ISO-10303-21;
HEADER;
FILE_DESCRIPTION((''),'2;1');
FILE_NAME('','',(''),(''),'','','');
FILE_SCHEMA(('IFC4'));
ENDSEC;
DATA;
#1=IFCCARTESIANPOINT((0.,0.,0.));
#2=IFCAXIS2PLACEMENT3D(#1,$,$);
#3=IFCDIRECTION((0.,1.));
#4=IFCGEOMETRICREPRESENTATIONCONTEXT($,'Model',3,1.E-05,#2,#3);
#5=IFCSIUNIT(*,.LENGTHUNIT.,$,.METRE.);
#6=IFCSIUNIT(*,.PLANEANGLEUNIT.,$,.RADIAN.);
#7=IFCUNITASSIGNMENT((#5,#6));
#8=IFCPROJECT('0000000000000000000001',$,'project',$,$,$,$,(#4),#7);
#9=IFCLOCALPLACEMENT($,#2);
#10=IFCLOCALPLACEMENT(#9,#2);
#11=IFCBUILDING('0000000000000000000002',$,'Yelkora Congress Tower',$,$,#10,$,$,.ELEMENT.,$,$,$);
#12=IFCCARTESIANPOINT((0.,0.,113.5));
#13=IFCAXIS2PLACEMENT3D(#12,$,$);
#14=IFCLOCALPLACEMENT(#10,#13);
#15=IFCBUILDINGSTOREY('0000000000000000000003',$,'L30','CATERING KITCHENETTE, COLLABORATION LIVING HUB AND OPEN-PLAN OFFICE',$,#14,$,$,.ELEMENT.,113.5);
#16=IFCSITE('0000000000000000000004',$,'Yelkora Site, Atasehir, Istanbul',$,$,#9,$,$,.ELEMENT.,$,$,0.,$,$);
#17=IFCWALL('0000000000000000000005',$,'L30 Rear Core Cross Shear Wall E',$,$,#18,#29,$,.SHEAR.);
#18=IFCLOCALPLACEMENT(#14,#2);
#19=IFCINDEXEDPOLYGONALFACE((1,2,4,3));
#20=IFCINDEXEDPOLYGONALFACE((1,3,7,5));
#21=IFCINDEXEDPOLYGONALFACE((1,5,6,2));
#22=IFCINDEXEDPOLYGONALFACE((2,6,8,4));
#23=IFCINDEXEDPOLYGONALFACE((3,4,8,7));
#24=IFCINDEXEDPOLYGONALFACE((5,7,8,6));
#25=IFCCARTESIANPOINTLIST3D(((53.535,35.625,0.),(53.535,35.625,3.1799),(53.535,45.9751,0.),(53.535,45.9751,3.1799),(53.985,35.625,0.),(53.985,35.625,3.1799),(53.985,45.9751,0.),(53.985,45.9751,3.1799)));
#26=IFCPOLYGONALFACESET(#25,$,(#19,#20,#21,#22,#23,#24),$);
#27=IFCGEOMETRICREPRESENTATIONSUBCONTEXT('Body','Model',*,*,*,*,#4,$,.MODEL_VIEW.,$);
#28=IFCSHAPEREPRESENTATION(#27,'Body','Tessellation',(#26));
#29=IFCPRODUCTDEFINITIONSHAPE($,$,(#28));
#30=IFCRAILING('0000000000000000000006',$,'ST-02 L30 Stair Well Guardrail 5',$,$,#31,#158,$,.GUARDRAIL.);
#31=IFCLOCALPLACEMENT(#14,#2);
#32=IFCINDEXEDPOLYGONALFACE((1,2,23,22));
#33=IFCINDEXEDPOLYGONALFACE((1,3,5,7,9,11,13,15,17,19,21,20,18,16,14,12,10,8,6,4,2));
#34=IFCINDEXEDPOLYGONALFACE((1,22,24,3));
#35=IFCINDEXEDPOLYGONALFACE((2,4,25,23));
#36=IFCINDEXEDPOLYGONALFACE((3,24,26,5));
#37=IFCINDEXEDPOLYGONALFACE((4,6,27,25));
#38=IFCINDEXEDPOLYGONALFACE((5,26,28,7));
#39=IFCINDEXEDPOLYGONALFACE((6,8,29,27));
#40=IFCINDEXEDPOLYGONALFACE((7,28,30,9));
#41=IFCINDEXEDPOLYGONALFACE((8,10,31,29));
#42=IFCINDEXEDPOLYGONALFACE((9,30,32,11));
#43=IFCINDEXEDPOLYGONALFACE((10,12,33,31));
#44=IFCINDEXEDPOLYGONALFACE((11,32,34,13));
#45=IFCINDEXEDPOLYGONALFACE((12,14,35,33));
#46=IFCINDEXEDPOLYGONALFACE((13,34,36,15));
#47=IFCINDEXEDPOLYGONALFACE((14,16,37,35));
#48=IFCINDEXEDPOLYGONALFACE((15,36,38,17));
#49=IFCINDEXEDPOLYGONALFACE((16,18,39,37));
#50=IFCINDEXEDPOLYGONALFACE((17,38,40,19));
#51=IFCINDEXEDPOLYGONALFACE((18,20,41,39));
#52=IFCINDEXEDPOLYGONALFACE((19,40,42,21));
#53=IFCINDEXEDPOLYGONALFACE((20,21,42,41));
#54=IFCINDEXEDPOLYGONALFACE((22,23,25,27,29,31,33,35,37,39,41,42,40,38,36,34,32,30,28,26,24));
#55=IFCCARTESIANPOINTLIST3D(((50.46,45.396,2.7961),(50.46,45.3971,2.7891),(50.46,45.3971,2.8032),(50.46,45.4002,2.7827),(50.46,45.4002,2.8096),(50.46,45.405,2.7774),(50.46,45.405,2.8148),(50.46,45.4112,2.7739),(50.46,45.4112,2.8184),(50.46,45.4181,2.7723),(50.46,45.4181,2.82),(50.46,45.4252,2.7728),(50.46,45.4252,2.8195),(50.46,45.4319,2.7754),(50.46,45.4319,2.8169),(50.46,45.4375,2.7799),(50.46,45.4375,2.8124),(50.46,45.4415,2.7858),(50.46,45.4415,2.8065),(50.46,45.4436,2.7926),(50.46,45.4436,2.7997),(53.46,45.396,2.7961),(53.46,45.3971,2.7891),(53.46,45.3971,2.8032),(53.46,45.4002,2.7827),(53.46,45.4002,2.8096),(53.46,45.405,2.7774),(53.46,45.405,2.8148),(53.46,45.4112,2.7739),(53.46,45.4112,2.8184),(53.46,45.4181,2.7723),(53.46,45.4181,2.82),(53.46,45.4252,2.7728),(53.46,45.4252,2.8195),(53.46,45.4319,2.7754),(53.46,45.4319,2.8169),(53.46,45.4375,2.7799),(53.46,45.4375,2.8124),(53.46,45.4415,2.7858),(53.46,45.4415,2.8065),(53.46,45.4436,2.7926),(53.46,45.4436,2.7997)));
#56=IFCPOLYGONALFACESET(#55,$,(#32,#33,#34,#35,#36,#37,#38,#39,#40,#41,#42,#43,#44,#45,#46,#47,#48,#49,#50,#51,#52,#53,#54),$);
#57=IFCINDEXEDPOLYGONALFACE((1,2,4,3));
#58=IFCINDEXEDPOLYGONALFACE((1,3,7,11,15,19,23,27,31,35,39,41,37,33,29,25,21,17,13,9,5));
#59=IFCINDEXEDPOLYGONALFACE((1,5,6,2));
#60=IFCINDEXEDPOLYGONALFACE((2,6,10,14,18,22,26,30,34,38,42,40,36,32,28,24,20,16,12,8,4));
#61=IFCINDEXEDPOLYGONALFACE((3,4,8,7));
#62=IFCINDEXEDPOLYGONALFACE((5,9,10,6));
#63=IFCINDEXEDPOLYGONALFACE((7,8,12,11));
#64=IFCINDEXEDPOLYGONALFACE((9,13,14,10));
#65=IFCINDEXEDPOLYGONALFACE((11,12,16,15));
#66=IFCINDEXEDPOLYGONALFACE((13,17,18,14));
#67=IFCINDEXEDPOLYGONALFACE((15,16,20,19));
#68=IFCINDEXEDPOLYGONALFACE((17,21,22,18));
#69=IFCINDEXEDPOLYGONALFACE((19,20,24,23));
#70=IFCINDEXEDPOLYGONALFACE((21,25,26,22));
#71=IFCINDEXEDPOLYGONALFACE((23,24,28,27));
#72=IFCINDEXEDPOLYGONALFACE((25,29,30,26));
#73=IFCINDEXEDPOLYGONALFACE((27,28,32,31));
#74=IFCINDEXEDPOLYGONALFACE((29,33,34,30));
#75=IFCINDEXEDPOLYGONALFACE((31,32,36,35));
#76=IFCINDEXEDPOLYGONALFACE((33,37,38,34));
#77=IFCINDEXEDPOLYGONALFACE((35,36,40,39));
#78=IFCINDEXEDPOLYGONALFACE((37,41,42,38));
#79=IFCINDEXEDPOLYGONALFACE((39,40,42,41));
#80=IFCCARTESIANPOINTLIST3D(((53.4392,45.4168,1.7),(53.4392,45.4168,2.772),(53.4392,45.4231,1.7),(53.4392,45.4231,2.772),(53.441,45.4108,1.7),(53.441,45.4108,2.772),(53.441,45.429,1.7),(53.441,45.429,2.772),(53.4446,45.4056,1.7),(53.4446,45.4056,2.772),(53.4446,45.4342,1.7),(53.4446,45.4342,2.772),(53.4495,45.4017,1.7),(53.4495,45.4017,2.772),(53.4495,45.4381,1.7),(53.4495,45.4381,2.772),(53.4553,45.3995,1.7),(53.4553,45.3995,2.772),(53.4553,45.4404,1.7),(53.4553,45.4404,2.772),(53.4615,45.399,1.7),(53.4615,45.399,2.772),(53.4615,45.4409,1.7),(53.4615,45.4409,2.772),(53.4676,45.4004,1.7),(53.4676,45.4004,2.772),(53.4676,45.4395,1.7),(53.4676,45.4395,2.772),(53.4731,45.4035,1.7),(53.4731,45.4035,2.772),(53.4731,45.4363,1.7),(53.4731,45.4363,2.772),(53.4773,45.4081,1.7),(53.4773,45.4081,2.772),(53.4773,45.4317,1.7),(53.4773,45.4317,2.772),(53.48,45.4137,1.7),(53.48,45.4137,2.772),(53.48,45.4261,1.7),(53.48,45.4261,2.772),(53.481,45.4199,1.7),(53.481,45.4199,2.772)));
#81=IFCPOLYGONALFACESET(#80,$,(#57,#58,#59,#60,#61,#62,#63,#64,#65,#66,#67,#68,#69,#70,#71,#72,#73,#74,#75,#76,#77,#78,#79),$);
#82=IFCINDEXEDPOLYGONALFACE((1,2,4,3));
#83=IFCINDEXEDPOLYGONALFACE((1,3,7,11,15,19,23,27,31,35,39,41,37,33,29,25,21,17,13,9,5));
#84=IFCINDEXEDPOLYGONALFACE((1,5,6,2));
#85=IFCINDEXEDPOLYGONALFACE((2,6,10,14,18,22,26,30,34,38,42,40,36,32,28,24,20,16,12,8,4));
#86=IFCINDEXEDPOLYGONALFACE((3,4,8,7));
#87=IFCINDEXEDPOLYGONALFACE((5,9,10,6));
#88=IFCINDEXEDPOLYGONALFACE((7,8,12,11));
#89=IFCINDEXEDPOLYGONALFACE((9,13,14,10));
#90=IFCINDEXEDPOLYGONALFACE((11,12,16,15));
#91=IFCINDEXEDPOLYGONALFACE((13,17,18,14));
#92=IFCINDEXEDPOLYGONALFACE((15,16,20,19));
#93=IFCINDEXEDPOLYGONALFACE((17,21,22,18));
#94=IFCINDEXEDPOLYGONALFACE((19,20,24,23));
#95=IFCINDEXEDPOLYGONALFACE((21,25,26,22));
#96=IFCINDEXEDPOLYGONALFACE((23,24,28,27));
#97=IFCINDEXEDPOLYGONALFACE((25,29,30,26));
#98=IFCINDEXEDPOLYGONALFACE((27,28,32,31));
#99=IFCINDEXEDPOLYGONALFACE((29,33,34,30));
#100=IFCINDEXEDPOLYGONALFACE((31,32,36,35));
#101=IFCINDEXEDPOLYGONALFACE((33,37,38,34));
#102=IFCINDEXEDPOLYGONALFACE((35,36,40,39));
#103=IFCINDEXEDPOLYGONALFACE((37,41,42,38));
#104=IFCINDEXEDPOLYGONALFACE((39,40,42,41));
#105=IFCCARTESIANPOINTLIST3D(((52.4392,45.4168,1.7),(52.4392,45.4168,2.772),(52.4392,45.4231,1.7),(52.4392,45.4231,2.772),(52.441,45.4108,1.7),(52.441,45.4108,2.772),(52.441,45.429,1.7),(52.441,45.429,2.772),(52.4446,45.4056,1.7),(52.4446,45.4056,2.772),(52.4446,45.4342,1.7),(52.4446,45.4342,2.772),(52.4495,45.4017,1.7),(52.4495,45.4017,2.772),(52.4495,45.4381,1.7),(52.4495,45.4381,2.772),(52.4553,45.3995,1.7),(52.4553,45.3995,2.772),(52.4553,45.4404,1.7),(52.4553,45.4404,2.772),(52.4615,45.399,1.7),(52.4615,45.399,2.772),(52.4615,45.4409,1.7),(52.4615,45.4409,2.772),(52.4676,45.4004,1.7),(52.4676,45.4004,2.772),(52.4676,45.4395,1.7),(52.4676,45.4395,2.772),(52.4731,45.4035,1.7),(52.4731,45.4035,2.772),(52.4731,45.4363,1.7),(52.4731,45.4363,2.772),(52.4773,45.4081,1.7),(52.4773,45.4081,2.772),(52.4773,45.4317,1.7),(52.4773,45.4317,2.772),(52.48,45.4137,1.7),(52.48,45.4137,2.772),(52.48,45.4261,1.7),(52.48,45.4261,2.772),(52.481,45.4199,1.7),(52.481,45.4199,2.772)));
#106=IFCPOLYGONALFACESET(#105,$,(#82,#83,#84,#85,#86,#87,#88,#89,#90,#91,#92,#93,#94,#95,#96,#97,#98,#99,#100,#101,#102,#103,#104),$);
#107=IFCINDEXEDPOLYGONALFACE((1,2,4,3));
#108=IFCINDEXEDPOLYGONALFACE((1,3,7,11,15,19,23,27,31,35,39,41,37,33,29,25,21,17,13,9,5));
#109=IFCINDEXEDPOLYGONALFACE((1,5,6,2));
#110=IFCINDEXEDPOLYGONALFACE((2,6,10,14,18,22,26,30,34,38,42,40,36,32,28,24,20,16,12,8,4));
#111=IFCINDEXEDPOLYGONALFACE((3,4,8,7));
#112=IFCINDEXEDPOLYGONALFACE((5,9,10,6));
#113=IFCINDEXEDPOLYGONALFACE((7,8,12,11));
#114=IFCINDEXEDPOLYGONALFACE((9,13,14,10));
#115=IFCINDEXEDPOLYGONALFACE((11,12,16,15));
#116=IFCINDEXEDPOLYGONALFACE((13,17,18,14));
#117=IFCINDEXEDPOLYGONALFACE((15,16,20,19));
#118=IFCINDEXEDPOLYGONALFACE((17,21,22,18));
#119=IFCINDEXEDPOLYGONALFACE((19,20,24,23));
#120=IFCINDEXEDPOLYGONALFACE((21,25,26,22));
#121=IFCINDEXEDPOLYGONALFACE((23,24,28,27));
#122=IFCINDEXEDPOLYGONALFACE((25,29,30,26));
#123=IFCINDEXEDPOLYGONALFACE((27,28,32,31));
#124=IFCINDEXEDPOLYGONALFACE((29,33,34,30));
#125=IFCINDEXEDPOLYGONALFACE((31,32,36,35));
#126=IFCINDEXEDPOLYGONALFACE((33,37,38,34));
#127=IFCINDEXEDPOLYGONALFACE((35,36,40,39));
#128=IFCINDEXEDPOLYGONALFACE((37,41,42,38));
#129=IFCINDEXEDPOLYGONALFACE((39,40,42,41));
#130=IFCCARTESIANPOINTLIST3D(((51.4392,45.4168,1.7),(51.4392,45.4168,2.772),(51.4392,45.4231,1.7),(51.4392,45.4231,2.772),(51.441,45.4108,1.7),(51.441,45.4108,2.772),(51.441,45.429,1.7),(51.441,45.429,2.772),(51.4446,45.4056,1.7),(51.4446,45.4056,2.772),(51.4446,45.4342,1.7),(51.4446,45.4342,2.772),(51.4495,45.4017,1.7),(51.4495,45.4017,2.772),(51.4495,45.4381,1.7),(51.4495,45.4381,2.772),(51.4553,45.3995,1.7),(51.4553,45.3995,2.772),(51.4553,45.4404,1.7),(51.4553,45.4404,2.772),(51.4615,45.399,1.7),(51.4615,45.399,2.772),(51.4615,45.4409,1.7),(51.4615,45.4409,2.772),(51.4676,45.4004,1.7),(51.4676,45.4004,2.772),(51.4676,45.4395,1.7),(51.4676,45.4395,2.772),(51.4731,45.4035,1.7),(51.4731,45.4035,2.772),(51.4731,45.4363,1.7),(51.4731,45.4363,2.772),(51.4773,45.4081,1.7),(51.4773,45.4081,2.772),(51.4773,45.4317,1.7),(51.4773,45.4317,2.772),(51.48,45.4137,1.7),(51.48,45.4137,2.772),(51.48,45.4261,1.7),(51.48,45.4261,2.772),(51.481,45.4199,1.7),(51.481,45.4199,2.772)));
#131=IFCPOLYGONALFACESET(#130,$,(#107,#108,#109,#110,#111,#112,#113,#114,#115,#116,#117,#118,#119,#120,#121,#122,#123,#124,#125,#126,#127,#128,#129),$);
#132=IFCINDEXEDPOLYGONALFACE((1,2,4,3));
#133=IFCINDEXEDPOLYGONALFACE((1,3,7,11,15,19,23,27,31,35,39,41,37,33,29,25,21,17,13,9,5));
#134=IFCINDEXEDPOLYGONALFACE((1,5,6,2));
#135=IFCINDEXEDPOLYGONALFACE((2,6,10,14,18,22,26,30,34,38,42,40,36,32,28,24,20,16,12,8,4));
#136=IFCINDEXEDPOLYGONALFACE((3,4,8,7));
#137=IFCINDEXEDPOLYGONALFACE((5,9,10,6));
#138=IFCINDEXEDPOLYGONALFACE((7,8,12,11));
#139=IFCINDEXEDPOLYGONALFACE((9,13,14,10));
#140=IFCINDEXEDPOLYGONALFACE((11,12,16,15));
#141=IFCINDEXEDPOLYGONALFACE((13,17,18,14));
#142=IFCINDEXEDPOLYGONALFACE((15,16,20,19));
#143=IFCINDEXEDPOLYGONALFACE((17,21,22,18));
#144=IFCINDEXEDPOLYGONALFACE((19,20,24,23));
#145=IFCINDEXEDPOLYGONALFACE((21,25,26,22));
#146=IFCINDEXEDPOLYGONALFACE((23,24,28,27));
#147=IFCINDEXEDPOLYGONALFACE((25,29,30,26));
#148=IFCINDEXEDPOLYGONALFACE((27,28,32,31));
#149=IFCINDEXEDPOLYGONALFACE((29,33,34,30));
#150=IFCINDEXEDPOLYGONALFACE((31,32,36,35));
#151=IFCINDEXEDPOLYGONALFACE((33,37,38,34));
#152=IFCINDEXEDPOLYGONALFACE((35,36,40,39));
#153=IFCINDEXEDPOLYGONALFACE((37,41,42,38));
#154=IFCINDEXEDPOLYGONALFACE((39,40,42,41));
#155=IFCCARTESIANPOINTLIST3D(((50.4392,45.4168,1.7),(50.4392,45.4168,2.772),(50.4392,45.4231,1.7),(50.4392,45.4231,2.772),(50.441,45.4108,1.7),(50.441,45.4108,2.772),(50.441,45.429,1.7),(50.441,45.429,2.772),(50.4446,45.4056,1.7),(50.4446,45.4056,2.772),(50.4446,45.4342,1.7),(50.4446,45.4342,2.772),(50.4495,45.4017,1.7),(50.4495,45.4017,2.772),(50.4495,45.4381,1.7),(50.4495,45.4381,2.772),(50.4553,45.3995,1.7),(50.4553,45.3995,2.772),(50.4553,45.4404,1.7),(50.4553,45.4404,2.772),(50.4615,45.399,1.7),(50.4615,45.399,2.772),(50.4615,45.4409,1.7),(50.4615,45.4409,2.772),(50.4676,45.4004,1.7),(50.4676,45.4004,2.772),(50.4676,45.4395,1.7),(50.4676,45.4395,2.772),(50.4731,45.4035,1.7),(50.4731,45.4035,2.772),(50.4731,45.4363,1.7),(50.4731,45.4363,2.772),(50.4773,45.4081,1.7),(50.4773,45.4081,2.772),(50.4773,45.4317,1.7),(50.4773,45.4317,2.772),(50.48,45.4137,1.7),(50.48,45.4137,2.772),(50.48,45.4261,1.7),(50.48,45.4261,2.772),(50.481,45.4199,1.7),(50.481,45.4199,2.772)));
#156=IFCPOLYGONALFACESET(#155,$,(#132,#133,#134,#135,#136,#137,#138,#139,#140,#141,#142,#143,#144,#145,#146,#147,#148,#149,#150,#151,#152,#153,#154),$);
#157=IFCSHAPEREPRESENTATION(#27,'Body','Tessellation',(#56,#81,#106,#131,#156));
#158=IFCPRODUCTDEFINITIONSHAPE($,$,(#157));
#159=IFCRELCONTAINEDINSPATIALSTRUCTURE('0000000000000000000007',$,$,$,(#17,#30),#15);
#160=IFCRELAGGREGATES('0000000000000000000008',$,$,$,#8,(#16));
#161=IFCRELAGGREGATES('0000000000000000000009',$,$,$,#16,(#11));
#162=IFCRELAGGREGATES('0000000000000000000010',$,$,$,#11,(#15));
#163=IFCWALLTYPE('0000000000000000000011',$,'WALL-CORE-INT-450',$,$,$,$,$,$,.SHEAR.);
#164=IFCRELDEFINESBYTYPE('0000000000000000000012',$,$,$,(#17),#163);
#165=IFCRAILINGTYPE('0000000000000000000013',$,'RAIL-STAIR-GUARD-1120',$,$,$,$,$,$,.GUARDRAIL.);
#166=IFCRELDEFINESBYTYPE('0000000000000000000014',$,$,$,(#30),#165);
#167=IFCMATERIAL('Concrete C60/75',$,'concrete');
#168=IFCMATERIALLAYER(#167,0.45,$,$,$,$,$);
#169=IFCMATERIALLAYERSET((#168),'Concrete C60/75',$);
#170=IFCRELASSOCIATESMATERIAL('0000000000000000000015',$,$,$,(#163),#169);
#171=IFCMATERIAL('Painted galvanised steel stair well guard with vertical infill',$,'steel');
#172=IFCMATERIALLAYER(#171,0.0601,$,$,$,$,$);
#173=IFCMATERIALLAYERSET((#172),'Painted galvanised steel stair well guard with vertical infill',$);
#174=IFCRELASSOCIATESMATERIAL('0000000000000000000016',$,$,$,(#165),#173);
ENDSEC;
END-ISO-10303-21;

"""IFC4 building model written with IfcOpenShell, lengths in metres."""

from ifc_helpers import new_model, si_unit, direction, frame, frame_2d, origin, origin_2d, place, context, subcontext, project, spatial, rectangle, circle, extrude, material, layer, layer_set, type_object, element, save


model = new_model("IFC4")

# Units and contexts
model_context = context("Model", 3, precision=1e-05, world=origin(), true_north=direction((0.0, 1.0)))
body_context = subcontext(model_context, "Body", "Model", "MODEL_VIEW")
ifc_project = project(units=[si_unit("LENGTHUNIT", "METRE"), si_unit("PLANEANGLEUNIT", "RADIAN")], contexts=[model_context])

# Site, building, storey
site_placement = place(None, origin())
site = spatial("IfcSite", under=ifc_project, at=site_placement, Name="Yelkora Site, Atasehir, Istanbul", CompositionType="ELEMENT", RefElevation=0.0)
building_placement = place(site_placement, origin())
building = spatial("IfcBuilding", under=site, at=building_placement, Name="Yelkora Congress Tower", CompositionType="ELEMENT")
storey_placement = place(building_placement, frame((0.0, 0.0, 113.5)))
storey = spatial("IfcBuildingStorey", under=building, at=storey_placement, Name="L30", Description="CATERING KITCHENETTE, COLLABORATION LIVING HUB AND OPEN-PLAN OFFICE", CompositionType="ELEMENT", Elevation=113.5)

# Wall
ifc_material_1 = material(Name="Concrete C60/75", Category="concrete")
ifc_layer_1 = layer(ifc_material_1, 0.45)
ifc_layer_set_1 = layer_set([ifc_layer_1], Name="Concrete C60/75")
wall_type = type_object("IfcWallType", Name="WALL-CORE-INT-450", PredefinedType="SHEAR", material=ifc_layer_set_1)
wall_placement = place(storey_placement, frame((53.76, 35.625, 0.0), z_axis=(0.0, 0.0, 1.0), x_axis=(0.0, 1.0, 0.0)))
element("IfcWall", 1, at=wall_placement, inside=storey, type_object=wall_type, Name="L30 Rear Core Cross Shear Wall E", PredefinedType="SHEAR", context=body_context, shape_type="SweptSolid", body=[
    extrude(rectangle(XDim=10.3501, YDim=0.45, at=frame_2d((5.175, 0.0))), origin(), (0.0, 0.0, 1.0), 3.1799),
])

# Railing
ifc_material_2 = material(Name="Painted galvanised steel stair well guard with vertical infill", Category="steel")
ifc_layer_2 = layer(ifc_material_2, 0.0601)
ifc_layer_set_2 = layer_set([ifc_layer_2], Name="Painted galvanised steel stair well guard with vertical infill")
railing_type = type_object("IfcRailingType", Name="RAIL-STAIR-GUARD-1120", PredefinedType="GUARDRAIL", material=ifc_layer_set_2)
railing_1_placement = place(storey_placement, frame((53.46, 45.4199, 1.7)))
element("IfcRailing", 2, at=railing_1_placement, inside=storey, type_object=railing_type, Name="ST-02 L30 Stair Well Guardrail 5", PredefinedType="GUARDRAIL", context=body_context, shape_type="SweptSolid", body=[
    extrude(circle(Radius=0.0239, at=origin_2d()), frame((0.0, 0.0, 1.0962), z_axis=(-1.0, 0.0, 0.0), x_axis=(0.0, -1.0, 0.0)), (0.0, 0.0, 1.0), 3.0),
    extrude(circle(Radius=0.021, at=origin_2d()), origin(), (0.0, 0.0, 1.0), 1.072),
    extrude(circle(Radius=0.021, at=origin_2d()), frame((-1.0, 0.0, 0.0)), (0.0, 0.0, 1.0), 1.072),
    extrude(circle(Radius=0.021, at=origin_2d()), frame((-2.0, 0.0, 0.0)), (0.0, 0.0, 1.0), 1.072),
    extrude(circle(Radius=0.021, at=origin_2d()), frame((-3.0, 0.0, 0.0)), (0.0, 0.0, 1.0), 1.072),
])

save(model, "model.ifc")
